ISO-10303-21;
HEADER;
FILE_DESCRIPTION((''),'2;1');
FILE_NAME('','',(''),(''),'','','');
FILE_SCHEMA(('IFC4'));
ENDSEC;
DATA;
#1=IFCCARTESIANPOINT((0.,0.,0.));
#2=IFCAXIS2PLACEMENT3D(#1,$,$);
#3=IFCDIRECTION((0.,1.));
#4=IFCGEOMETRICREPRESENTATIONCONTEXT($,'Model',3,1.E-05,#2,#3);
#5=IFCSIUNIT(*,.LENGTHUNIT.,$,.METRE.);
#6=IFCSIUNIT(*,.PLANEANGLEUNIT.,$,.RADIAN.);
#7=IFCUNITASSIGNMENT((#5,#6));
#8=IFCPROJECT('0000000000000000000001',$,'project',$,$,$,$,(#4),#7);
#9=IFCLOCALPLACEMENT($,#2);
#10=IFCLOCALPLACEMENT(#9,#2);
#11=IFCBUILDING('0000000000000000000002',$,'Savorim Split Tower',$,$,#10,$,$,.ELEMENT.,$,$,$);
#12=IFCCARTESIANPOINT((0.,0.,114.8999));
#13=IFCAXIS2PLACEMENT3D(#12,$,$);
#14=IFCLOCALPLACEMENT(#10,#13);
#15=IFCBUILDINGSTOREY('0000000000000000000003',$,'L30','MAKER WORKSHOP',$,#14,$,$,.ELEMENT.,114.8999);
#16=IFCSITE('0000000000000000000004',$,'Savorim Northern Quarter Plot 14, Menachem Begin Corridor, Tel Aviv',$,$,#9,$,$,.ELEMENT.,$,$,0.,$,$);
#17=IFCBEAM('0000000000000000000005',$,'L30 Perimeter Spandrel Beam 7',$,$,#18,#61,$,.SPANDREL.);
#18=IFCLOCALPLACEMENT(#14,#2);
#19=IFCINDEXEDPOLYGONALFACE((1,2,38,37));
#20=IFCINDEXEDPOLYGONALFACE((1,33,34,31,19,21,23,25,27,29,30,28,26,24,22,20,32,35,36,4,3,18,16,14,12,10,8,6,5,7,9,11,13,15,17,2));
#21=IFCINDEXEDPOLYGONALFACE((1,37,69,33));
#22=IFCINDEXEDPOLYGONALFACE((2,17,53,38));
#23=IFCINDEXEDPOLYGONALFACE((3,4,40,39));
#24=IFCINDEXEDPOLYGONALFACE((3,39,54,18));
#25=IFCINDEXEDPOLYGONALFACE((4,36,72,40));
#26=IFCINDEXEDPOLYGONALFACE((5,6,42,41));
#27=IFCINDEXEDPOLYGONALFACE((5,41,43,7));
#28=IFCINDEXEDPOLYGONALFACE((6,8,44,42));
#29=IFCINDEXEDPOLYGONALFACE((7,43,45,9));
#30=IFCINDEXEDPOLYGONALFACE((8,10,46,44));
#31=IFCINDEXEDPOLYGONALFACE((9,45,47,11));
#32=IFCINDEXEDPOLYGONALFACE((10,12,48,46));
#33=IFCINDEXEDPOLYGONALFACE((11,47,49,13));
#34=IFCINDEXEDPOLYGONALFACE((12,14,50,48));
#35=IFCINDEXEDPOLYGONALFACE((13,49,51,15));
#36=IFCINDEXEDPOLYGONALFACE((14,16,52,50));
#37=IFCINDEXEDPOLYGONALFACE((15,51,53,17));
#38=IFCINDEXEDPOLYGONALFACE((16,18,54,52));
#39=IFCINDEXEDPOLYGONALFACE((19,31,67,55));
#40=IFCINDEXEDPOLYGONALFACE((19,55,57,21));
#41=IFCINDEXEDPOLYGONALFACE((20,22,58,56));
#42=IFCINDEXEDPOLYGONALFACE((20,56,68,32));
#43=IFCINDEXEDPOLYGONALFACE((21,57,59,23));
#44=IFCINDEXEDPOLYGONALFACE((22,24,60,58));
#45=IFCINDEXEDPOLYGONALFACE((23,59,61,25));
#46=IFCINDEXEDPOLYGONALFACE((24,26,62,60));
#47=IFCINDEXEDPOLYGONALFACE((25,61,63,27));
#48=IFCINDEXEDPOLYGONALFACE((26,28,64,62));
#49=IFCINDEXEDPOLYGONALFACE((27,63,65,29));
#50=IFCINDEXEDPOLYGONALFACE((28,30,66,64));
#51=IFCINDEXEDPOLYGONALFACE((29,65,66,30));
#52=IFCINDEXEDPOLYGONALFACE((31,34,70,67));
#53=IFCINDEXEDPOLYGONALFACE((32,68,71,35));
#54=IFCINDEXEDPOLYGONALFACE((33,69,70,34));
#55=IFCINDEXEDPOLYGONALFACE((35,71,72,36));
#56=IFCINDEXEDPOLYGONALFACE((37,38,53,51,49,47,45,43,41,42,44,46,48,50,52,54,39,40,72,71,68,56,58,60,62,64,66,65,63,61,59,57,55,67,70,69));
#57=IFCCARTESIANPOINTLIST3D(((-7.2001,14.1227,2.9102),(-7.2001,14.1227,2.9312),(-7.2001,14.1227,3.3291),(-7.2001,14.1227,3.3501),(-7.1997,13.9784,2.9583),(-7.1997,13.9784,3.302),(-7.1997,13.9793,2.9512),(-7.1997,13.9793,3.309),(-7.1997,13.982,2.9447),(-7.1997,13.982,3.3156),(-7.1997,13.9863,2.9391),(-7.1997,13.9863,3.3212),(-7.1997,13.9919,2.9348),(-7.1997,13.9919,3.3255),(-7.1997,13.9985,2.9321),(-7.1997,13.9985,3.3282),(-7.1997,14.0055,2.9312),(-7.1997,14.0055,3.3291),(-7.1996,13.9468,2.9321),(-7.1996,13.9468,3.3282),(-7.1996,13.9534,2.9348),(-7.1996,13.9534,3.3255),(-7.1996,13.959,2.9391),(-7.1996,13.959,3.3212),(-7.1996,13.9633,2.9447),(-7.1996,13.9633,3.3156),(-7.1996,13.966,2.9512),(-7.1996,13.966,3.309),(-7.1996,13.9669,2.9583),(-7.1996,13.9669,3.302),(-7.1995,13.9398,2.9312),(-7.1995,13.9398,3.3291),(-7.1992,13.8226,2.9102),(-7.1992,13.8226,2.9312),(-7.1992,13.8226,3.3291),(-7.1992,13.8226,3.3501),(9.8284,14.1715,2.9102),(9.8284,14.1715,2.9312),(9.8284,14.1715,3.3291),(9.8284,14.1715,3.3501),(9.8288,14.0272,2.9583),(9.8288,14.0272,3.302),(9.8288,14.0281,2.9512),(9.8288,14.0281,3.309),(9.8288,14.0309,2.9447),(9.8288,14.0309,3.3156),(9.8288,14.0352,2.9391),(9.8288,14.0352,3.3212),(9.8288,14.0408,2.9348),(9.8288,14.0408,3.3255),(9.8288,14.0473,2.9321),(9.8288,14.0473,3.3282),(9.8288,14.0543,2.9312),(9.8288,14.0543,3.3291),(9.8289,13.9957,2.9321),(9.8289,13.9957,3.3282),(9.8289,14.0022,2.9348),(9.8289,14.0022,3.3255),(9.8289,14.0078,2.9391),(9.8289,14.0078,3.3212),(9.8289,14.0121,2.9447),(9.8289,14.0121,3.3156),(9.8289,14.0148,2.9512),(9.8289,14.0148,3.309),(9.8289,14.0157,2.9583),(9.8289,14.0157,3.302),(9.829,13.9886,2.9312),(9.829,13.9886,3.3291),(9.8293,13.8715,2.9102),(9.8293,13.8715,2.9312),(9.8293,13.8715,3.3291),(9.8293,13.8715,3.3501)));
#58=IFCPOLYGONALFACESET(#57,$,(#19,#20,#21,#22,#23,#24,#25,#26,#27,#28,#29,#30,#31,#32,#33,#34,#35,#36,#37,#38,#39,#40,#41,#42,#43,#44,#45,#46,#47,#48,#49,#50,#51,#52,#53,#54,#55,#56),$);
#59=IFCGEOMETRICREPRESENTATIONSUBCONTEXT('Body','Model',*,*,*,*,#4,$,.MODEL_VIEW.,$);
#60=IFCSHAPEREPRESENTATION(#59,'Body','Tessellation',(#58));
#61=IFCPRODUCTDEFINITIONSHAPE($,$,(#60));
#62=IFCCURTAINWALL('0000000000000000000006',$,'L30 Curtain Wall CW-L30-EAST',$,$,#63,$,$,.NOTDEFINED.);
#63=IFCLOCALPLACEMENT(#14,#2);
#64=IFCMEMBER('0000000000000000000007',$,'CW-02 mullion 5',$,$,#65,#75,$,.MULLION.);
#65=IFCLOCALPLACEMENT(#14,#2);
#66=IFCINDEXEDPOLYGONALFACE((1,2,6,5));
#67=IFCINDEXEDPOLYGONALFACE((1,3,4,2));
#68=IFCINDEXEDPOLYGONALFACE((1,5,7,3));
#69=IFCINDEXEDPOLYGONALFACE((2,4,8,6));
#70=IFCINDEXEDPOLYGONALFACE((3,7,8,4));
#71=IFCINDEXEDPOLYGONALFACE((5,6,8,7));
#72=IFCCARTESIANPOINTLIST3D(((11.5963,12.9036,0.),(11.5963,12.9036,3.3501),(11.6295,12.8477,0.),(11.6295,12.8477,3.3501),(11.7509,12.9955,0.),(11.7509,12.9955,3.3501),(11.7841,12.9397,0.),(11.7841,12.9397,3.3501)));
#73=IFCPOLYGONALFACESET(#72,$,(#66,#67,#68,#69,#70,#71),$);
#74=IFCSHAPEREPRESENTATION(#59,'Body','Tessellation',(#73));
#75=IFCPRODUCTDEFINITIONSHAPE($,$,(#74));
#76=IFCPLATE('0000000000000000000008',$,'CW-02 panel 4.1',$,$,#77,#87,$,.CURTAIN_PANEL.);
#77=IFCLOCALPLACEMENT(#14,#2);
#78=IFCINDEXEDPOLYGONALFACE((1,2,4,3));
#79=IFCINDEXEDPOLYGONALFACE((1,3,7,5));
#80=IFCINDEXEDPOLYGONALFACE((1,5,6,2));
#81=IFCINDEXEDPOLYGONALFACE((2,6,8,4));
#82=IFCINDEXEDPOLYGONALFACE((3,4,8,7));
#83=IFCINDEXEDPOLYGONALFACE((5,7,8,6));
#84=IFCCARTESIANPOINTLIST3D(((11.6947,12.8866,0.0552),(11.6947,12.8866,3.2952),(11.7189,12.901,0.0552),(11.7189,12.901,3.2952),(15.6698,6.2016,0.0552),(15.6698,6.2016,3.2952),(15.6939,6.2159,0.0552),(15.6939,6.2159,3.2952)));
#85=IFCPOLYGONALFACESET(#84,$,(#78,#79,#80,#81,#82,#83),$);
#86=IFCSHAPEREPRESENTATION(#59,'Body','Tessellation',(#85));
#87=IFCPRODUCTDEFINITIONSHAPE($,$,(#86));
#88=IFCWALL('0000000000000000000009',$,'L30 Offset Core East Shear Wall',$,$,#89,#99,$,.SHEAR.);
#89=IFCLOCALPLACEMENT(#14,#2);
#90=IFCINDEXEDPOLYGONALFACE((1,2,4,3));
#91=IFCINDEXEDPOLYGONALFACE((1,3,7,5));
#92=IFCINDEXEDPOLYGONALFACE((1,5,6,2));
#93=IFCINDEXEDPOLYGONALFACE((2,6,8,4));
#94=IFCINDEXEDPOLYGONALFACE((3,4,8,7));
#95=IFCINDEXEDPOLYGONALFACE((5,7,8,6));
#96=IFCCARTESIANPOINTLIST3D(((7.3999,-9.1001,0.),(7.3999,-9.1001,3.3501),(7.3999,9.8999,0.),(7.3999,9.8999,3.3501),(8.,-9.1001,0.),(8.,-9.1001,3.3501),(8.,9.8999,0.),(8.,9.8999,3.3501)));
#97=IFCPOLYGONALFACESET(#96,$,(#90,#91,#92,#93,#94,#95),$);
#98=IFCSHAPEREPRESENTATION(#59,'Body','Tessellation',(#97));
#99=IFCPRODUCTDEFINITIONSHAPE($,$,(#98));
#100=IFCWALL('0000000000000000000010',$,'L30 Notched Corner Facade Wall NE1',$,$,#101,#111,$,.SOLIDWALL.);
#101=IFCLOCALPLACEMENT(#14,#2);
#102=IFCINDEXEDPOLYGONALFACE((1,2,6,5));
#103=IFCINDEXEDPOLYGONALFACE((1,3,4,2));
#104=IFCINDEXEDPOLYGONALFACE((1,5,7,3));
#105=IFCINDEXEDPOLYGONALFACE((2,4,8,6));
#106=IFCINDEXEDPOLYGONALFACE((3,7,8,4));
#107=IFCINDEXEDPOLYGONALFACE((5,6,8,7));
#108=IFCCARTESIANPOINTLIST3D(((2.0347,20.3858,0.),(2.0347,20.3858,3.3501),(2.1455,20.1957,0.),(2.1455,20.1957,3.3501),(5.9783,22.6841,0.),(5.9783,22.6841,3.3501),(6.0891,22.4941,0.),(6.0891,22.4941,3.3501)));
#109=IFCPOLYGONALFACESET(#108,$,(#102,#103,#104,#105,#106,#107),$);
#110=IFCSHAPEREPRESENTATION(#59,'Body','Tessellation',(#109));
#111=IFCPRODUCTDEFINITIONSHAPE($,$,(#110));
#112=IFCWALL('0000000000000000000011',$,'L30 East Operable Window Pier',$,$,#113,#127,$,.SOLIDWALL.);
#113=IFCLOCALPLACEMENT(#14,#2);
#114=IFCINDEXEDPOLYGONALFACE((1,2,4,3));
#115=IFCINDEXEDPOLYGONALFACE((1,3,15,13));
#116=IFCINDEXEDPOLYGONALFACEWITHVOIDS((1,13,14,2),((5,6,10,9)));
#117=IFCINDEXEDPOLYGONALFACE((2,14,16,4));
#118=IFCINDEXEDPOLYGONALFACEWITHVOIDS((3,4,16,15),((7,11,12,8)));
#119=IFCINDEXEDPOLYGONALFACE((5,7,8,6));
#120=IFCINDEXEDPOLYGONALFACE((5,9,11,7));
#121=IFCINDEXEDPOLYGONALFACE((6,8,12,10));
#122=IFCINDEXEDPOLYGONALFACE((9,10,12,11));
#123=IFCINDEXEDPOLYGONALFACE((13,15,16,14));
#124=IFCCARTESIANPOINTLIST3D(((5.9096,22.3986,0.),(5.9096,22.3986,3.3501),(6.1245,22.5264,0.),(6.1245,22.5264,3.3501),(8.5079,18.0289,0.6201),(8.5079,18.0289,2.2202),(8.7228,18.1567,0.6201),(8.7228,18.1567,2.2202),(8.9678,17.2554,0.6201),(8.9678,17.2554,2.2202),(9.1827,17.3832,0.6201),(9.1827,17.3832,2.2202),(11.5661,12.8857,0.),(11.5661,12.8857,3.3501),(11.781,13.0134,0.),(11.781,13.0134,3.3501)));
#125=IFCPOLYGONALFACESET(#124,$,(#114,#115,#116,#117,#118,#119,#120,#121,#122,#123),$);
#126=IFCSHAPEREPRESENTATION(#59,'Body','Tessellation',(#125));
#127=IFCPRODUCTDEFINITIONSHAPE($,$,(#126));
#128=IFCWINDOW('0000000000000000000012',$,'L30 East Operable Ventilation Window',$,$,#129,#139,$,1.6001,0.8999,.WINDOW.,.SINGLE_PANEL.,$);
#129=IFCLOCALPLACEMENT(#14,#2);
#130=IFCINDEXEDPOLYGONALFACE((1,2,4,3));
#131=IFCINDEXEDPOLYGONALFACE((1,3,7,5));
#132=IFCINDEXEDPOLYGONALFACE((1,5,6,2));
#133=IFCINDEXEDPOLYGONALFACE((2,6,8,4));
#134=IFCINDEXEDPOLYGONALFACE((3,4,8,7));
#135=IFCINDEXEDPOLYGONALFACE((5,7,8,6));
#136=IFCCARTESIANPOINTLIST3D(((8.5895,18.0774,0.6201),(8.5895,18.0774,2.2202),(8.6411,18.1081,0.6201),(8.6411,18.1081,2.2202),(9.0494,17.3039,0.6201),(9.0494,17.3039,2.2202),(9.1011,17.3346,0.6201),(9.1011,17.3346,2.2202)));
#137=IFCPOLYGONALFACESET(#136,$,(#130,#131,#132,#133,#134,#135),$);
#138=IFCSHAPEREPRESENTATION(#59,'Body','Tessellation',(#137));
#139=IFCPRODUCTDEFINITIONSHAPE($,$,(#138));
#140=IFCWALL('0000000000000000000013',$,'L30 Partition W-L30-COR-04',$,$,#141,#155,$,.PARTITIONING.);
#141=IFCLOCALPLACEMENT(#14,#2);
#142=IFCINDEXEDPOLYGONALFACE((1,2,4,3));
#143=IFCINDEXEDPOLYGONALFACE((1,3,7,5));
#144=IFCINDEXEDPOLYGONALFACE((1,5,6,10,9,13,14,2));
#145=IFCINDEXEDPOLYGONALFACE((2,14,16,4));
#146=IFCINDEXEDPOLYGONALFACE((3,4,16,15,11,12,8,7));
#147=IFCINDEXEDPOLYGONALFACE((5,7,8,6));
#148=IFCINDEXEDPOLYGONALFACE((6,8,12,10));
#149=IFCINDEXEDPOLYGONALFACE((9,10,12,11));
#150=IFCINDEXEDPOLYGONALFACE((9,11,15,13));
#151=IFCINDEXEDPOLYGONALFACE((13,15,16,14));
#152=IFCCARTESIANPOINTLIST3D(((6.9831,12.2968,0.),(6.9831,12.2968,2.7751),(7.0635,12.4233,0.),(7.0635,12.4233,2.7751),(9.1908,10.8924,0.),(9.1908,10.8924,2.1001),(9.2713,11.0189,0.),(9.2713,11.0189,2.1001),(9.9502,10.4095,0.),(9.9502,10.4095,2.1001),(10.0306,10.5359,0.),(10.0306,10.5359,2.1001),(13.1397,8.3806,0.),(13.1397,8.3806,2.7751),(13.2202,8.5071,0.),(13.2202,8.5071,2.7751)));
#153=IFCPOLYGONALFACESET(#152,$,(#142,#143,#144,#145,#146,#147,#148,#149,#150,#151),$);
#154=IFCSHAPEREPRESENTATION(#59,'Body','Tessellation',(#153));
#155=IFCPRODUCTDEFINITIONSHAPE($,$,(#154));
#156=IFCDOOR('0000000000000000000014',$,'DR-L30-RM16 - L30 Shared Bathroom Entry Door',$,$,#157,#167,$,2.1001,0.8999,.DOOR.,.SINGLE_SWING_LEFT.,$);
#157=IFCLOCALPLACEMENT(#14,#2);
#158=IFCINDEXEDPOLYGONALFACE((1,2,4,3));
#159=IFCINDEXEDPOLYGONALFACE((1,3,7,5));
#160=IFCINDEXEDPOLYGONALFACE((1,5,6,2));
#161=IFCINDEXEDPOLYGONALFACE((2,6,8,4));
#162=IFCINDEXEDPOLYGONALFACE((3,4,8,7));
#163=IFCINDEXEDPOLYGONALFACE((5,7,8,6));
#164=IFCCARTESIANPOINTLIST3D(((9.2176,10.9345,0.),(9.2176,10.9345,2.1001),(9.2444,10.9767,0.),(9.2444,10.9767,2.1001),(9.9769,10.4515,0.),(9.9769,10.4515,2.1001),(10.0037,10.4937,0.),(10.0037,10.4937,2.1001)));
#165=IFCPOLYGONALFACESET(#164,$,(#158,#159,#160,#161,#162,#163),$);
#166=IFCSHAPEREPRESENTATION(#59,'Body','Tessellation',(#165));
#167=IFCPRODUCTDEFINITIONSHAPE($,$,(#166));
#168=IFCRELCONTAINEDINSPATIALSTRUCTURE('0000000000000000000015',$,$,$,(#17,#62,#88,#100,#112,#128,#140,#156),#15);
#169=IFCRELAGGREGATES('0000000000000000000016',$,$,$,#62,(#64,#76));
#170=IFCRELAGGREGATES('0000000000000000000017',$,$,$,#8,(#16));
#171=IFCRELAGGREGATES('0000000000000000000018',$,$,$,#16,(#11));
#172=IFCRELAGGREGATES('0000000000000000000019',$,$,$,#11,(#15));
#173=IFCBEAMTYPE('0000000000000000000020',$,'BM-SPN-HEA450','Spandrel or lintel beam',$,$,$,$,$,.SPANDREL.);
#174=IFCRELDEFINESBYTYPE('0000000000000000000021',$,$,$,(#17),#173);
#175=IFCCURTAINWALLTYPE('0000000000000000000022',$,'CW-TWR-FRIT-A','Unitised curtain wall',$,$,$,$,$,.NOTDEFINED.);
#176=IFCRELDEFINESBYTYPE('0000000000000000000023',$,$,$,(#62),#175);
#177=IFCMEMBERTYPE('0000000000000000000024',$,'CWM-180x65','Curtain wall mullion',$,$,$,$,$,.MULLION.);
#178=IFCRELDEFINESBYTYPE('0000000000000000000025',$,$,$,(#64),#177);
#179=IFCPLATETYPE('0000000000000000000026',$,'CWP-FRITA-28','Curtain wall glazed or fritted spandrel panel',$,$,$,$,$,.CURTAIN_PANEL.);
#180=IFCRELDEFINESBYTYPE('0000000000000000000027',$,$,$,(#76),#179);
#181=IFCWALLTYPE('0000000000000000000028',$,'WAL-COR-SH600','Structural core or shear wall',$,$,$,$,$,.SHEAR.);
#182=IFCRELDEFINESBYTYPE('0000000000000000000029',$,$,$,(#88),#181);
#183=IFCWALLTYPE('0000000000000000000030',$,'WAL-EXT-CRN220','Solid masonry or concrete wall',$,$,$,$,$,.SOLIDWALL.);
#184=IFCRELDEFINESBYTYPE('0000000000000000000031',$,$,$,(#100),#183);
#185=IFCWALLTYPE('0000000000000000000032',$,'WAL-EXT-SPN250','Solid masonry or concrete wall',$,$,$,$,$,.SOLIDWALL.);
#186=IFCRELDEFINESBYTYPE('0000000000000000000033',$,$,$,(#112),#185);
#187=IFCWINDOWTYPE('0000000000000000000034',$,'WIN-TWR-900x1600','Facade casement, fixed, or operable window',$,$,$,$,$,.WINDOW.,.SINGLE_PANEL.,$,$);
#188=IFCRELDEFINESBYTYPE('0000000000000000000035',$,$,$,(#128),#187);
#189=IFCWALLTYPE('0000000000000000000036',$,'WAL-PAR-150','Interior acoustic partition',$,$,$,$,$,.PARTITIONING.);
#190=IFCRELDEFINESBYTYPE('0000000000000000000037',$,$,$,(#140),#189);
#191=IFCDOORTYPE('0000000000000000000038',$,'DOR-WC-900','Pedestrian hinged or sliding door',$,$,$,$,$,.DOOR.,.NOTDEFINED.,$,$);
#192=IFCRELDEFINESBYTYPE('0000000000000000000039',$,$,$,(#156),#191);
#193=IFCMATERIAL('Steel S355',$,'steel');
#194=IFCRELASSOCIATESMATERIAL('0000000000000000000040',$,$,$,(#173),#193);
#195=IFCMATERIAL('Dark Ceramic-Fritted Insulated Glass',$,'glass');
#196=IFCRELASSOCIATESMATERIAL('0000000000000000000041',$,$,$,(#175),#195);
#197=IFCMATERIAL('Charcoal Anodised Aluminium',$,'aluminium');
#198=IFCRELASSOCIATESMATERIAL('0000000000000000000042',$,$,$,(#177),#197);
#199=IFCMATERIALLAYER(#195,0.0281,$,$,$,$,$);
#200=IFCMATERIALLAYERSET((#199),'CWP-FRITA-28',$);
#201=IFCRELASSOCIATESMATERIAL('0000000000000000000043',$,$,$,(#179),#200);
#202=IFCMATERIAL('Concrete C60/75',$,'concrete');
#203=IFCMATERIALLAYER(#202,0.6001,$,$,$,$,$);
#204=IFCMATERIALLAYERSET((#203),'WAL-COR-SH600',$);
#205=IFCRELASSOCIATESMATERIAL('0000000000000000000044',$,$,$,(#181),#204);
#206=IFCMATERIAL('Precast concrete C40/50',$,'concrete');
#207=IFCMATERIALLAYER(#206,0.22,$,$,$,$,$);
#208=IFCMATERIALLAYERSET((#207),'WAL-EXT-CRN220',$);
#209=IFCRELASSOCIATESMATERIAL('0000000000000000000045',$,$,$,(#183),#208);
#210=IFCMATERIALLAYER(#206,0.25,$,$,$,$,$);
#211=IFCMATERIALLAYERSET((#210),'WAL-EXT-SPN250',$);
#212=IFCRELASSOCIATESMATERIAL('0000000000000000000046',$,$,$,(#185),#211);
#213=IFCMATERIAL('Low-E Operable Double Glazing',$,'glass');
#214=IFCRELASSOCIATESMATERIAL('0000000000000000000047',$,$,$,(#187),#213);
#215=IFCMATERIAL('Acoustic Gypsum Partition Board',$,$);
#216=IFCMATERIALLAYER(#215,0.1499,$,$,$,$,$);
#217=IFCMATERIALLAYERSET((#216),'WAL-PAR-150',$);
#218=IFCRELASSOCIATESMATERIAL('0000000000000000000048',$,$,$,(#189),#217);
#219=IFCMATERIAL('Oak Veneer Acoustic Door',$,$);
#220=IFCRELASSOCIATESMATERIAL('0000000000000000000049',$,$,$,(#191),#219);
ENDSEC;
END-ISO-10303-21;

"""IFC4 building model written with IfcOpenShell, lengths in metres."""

from ifc_helpers import new_model, si_unit, direction, frame, frame_2d, origin, origin_2d, place, context, subcontext, project, spatial, rectangle, i_section, extrude, material, layer, layer_set, material_profile, profile_set, type_object, element, fill, aggregate, save


model = new_model("IFC4")

# Units and contexts
model_context = context("Model", 3, precision=1e-05, world=origin(), true_north=direction((0.0, 1.0)))
body_context = subcontext(model_context, "Body", "Model", "MODEL_VIEW")
ifc_project = project(units=[si_unit("LENGTHUNIT", "METRE"), si_unit("PLANEANGLEUNIT", "RADIAN")], contexts=[model_context])

# Site, building, storey
site_placement = place(None, origin())
site = spatial("IfcSite", under=ifc_project, at=site_placement, Name="Savorim Northern Quarter Plot 14, Menachem Begin Corridor, Tel Aviv", CompositionType="ELEMENT", RefElevation=0.0)
building_placement = place(site_placement, origin())
building = spatial("IfcBuilding", under=site, at=building_placement, Name="Savorim Split Tower", CompositionType="ELEMENT")
storey_placement = place(building_placement, frame((0.0, 0.0, 114.8999)))
storey = spatial("IfcBuildingStorey", under=building, at=storey_placement, Name="L30", Description="MAKER WORKSHOP", CompositionType="ELEMENT", Elevation=114.8999)

# Beam
ifc_material_1 = material(Name="Steel S355", Category="steel")
ifc_material_profile_1 = material_profile(ifc_material_1, i_section(OverallWidth=0.3, OverallDepth=0.4399, WebThickness=0.0115, FlangeThickness=0.021, FilletRadius=0.0271, at=origin_2d()), Name="HEA 450")
ifc_profile_set_1 = profile_set([ifc_material_profile_1], Name="Steel S355")
beam_type_1 = type_object("IfcBeamType", Name="BM-SPN-HEA450", Description="Spandrel or lintel beam", PredefinedType="SPANDREL", material=ifc_profile_set_1)
beam_1_placement = place(storey_placement, frame((9.8289, 14.0215, 3.1301), z_axis=(-0.999996, -0.002867, 0.0), x_axis=(0.002867, -0.999996, 0.0)))
element("IfcBeam", 1, at=beam_1_placement, inside=storey, type_object=beam_type_1, Name="L30 Perimeter Spandrel Beam 7", PredefinedType="SPANDREL", context=body_context, shape_type="SweptSolid", body=[
    extrude(i_section(OverallWidth=0.3, OverallDepth=0.4399, WebThickness=0.0115, FlangeThickness=0.021, FilletRadius=0.0271, at=origin_2d()), origin(), (0.0, 0.0, 1.0), 17.0286),
])

# Curtain wall, member, plate
ifc_material_2 = material(Name="Dark Ceramic-Fritted Insulated Glass", Category="glass")
curtain_wall_type = type_object("IfcCurtainWallType", Name="CW-TWR-FRIT-A", Description="Unitised curtain wall", PredefinedType="NOTDEFINED", material=ifc_material_2)
curtain_wall_placement = place(storey_placement, origin())
curtain_wall = element("IfcCurtainWall", 2, at=curtain_wall_placement, inside=storey, type_object=curtain_wall_type, Name="L30 Curtain Wall CW-L30-EAST", PredefinedType="NOTDEFINED")
ifc_material_3 = material(Name="Charcoal Anodised Aluminium", Category="aluminium")
ifc_material_profile_2 = material_profile(ifc_material_3, rectangle(XDim=0.1799, YDim=0.0649, at=origin_2d()), Name="ALU-M 180x65")
ifc_profile_set_2 = profile_set([ifc_material_profile_2], Name="Charcoal Anodised Aluminium")
member_type = type_object("IfcMemberType", Name="CWM-180x65", Description="Curtain wall mullion", PredefinedType="MULLION", material=ifc_profile_set_2)
member_placement = place(storey_placement, frame((11.6902, 12.9216, 0.0), z_axis=(0.0, 0.0, 1.0), x_axis=(-0.859525, -0.511093, 0.0)))
member = element("IfcMember", 3, at=member_placement, type_object=member_type, Name="CW-02 mullion 5", PredefinedType="MULLION", context=body_context, shape_type="SweptSolid", body=[
    extrude(rectangle(XDim=0.1799, YDim=0.0649, at=origin_2d()), origin(), (0.0, 0.0, 1.0), 3.3501),
])
ifc_layer_1 = layer(ifc_material_2, 0.0281)
ifc_layer_set_1 = layer_set([ifc_layer_1], Name="CWP-FRITA-28")
plate_type = type_object("IfcPlateType", Name="CWP-FRITA-28", Description="Curtain wall glazed or fritted spandrel panel", PredefinedType="CURTAIN_PANEL", material=ifc_layer_set_1)
plate_placement = place(storey_placement, frame((13.6943, 9.5513, 0.0552), z_axis=(0.0, 0.0, 1.0), x_axis=(-0.511093, 0.859525, 0.0)))
plate = element("IfcPlate", 4, at=plate_placement, type_object=plate_type, Name="CW-02 panel 4.1", PredefinedType="CURTAIN_PANEL", context=body_context, shape_type="SweptSolid", body=[
    extrude(rectangle(XDim=7.7776, YDim=0.0281, at=origin_2d()), origin(), (0.0, 0.0, 1.0), 3.24),
])
aggregate(curtain_wall, [member, plate])

# Shared definitions
ifc_material_4 = material(Name="Concrete C60/75", Category="concrete")
ifc_layer_2 = layer(ifc_material_4, 0.6001)
ifc_layer_set_2 = layer_set([ifc_layer_2], Name="WAL-COR-SH600")
wall_type_1 = type_object("IfcWallType", Name="WAL-COR-SH600", Description="Structural core or shear wall", PredefinedType="SHEAR", material=ifc_layer_set_2)

# Walls
wall_1_placement = place(storey_placement, frame((7.7, 9.8999, 0.0), z_axis=(0.0, 0.0, 1.0), x_axis=(0.0, -1.0, 0.0)))
element("IfcWall", 5, at=wall_1_placement, inside=storey, type_object=wall_type_1, Name="L30 Offset Core East Shear Wall", PredefinedType="SHEAR", context=body_context, shape_type="SweptSolid", body=[
    extrude(rectangle(XDim=19.0, YDim=0.6001, at=frame_2d((9.5, 0.0))), origin(), (0.0, 0.0, 1.0), 3.3501),
])
ifc_material_5 = material(Name="Precast concrete C40/50", Category="concrete")
ifc_layer_3 = layer(ifc_material_5, 0.22)
ifc_layer_set_3 = layer_set([ifc_layer_3], Name="WAL-EXT-CRN220")
wall_type_2 = type_object("IfcWallType", Name="WAL-EXT-CRN220", Description="Solid masonry or concrete wall", PredefinedType="SOLIDWALL", material=ifc_layer_set_3)
wall_2_placement = place(storey_placement, frame((2.0901, 20.2908, 0.0), z_axis=(0.0, 0.0, 1.0), x_axis=(0.863979, 0.503528, 0.0)))
element("IfcWall", 6, at=wall_2_placement, inside=storey, type_object=wall_type_2, Name="L30 Notched Corner Facade Wall NE1", PredefinedType="SOLIDWALL", context=body_context, shape_type="SweptSolid", body=[
    extrude(rectangle(XDim=4.5645, YDim=0.22, at=frame_2d((2.2822, 0.0))), origin(), (0.0, 0.0, 1.0), 3.3501),
])

# Wall, opening, window
ifc_layer_4 = layer(ifc_material_5, 0.25)
ifc_layer_set_4 = layer_set([ifc_layer_4], Name="WAL-EXT-SPN250")
wall_type_3 = type_object("IfcWallType", Name="WAL-EXT-SPN250", Description="Solid masonry or concrete wall", PredefinedType="SOLIDWALL", material=ifc_layer_set_4)
wall_3_placement = place(storey_placement, frame((6.0171, 22.4624, 0.0), z_axis=(0.0, 0.0, 1.0), x_axis=(0.511086, -0.85953, 0.0)))
wall_3 = element("IfcWall", 7, at=wall_3_placement, inside=storey, type_object=wall_type_3, Name="L30 East Operable Window Pier", PredefinedType="SOLIDWALL", context=body_context, shape_type="SweptSolid", body=[
    extrude(rectangle(XDim=11.0676, YDim=0.25, at=frame_2d((5.5337, 0.0))), origin(), (0.0, 0.0, 1.0), 3.3501),
])
opening_1_placement = place(wall_3_placement, frame((5.0837, 0.0, 0.6201)))
opening_1 = element("IfcOpeningElement", 8, at=opening_1_placement, cuts=wall_3, PredefinedType="OPENING", context=body_context, shape_type="SweptSolid", body=[
    extrude(rectangle(XDim=0.8999, YDim=1.6001, at=frame_2d((0.45, 0.8))), frame((0.0, 0.135, 0.0), z_axis=(0.0, -1.0, 0.0), x_axis=(1.0, 0.0, 0.0)), (0.0, 0.0, 1.0), 0.27),
])
ifc_material_6 = material(Name="Low-E Operable Double Glazing", Category="glass")
window_type = type_object("IfcWindowType", Name="WIN-TWR-900x1600", Description="Facade casement, fixed, or operable window", PartitioningType="SINGLE_PANEL", PredefinedType="WINDOW", material=ifc_material_6)
window_placement = place(opening_1_placement, origin())
window = element("IfcWindow", 9, at=window_placement, inside=storey, type_object=window_type, Name="L30 East Operable Ventilation Window", OverallHeight=1.6001, OverallWidth=0.8999, PartitioningType="SINGLE_PANEL", PredefinedType="WINDOW", context=body_context, shape_type="SweptSolid", body=[
    extrude(rectangle(XDim=0.8999, YDim=1.6001, at=frame_2d((0.45, 0.8))), frame((0.0, 0.03, 0.0), z_axis=(0.0, -1.0, 0.0), x_axis=(1.0, 0.0, 0.0)), (0.0, 0.0, 1.0), 0.0601),
])
fill(opening_1, window)

# Wall, opening, door
ifc_material_7 = material(Name="Acoustic Gypsum Partition Board")
ifc_layer_5 = layer(ifc_material_7, 0.1499)
ifc_layer_set_5 = layer_set([ifc_layer_5], Name="WAL-PAR-150")
wall_type_4 = type_object("IfcWallType", Name="WAL-PAR-150", Description="Interior acoustic partition", PredefinedType="PARTITIONING", material=ifc_layer_set_5)
wall_4_placement = place(storey_placement, frame((7.0232, 12.3601, 0.0), z_axis=(0.0, 0.0, 1.0), x_axis=(0.843765, -0.536713, 0.0)))
wall_4 = element("IfcWall", 10, at=wall_4_placement, inside=storey, type_object=wall_type_4, Name="L30 Partition W-L30-COR-04", PredefinedType="PARTITIONING", context=body_context, shape_type="SweptSolid", body=[
    extrude(rectangle(XDim=7.2966, YDim=0.1499, at=frame_2d((3.6484, 0.0))), origin(), (0.0, 0.0, 1.0), 2.7751),
])
opening_2_placement = place(wall_4_placement, frame((2.6167, 0.0, 0.0)))
opening_2 = element("IfcOpeningElement", 11, at=opening_2_placement, cuts=wall_4, PredefinedType="OPENING", context=body_context, shape_type="SweptSolid", body=[
    extrude(rectangle(XDim=0.8999, YDim=2.1001, at=frame_2d((0.45, 1.05))), frame((0.0, 0.085, 0.0), z_axis=(0.0, -1.0, 0.0), x_axis=(1.0, 0.0, 0.0)), (0.0, 0.0, 1.0), 0.1699),
])
ifc_material_8 = material(Name="Oak Veneer Acoustic Door")
door_type_1 = type_object("IfcDoorType", Name="DOR-WC-900", Description="Pedestrian hinged or sliding door", OperationType="NOTDEFINED", PredefinedType="DOOR", material=ifc_material_8)
door_1_placement = place(opening_2_placement, origin())
door_1 = element("IfcDoor", 12, at=door_1_placement, inside=storey, type_object=door_type_1, Name="DR-L30-RM16 - L30 Shared Bathroom Entry Door", OperationType="SINGLE_SWING_LEFT", OverallHeight=2.1001, OverallWidth=0.8999, PredefinedType="DOOR", context=body_context, shape_type="SweptSolid", body=[
    extrude(rectangle(XDim=0.8999, YDim=2.1001, at=frame_2d((0.45, 1.05))), frame((0.0, 0.0249, 0.0), z_axis=(0.0, -1.0, 0.0), x_axis=(1.0, 0.0, 0.0)), (0.0, 0.0, 1.0), 0.05),
])
fill(opening_2, door_1)

save(model, "model.ifc")
